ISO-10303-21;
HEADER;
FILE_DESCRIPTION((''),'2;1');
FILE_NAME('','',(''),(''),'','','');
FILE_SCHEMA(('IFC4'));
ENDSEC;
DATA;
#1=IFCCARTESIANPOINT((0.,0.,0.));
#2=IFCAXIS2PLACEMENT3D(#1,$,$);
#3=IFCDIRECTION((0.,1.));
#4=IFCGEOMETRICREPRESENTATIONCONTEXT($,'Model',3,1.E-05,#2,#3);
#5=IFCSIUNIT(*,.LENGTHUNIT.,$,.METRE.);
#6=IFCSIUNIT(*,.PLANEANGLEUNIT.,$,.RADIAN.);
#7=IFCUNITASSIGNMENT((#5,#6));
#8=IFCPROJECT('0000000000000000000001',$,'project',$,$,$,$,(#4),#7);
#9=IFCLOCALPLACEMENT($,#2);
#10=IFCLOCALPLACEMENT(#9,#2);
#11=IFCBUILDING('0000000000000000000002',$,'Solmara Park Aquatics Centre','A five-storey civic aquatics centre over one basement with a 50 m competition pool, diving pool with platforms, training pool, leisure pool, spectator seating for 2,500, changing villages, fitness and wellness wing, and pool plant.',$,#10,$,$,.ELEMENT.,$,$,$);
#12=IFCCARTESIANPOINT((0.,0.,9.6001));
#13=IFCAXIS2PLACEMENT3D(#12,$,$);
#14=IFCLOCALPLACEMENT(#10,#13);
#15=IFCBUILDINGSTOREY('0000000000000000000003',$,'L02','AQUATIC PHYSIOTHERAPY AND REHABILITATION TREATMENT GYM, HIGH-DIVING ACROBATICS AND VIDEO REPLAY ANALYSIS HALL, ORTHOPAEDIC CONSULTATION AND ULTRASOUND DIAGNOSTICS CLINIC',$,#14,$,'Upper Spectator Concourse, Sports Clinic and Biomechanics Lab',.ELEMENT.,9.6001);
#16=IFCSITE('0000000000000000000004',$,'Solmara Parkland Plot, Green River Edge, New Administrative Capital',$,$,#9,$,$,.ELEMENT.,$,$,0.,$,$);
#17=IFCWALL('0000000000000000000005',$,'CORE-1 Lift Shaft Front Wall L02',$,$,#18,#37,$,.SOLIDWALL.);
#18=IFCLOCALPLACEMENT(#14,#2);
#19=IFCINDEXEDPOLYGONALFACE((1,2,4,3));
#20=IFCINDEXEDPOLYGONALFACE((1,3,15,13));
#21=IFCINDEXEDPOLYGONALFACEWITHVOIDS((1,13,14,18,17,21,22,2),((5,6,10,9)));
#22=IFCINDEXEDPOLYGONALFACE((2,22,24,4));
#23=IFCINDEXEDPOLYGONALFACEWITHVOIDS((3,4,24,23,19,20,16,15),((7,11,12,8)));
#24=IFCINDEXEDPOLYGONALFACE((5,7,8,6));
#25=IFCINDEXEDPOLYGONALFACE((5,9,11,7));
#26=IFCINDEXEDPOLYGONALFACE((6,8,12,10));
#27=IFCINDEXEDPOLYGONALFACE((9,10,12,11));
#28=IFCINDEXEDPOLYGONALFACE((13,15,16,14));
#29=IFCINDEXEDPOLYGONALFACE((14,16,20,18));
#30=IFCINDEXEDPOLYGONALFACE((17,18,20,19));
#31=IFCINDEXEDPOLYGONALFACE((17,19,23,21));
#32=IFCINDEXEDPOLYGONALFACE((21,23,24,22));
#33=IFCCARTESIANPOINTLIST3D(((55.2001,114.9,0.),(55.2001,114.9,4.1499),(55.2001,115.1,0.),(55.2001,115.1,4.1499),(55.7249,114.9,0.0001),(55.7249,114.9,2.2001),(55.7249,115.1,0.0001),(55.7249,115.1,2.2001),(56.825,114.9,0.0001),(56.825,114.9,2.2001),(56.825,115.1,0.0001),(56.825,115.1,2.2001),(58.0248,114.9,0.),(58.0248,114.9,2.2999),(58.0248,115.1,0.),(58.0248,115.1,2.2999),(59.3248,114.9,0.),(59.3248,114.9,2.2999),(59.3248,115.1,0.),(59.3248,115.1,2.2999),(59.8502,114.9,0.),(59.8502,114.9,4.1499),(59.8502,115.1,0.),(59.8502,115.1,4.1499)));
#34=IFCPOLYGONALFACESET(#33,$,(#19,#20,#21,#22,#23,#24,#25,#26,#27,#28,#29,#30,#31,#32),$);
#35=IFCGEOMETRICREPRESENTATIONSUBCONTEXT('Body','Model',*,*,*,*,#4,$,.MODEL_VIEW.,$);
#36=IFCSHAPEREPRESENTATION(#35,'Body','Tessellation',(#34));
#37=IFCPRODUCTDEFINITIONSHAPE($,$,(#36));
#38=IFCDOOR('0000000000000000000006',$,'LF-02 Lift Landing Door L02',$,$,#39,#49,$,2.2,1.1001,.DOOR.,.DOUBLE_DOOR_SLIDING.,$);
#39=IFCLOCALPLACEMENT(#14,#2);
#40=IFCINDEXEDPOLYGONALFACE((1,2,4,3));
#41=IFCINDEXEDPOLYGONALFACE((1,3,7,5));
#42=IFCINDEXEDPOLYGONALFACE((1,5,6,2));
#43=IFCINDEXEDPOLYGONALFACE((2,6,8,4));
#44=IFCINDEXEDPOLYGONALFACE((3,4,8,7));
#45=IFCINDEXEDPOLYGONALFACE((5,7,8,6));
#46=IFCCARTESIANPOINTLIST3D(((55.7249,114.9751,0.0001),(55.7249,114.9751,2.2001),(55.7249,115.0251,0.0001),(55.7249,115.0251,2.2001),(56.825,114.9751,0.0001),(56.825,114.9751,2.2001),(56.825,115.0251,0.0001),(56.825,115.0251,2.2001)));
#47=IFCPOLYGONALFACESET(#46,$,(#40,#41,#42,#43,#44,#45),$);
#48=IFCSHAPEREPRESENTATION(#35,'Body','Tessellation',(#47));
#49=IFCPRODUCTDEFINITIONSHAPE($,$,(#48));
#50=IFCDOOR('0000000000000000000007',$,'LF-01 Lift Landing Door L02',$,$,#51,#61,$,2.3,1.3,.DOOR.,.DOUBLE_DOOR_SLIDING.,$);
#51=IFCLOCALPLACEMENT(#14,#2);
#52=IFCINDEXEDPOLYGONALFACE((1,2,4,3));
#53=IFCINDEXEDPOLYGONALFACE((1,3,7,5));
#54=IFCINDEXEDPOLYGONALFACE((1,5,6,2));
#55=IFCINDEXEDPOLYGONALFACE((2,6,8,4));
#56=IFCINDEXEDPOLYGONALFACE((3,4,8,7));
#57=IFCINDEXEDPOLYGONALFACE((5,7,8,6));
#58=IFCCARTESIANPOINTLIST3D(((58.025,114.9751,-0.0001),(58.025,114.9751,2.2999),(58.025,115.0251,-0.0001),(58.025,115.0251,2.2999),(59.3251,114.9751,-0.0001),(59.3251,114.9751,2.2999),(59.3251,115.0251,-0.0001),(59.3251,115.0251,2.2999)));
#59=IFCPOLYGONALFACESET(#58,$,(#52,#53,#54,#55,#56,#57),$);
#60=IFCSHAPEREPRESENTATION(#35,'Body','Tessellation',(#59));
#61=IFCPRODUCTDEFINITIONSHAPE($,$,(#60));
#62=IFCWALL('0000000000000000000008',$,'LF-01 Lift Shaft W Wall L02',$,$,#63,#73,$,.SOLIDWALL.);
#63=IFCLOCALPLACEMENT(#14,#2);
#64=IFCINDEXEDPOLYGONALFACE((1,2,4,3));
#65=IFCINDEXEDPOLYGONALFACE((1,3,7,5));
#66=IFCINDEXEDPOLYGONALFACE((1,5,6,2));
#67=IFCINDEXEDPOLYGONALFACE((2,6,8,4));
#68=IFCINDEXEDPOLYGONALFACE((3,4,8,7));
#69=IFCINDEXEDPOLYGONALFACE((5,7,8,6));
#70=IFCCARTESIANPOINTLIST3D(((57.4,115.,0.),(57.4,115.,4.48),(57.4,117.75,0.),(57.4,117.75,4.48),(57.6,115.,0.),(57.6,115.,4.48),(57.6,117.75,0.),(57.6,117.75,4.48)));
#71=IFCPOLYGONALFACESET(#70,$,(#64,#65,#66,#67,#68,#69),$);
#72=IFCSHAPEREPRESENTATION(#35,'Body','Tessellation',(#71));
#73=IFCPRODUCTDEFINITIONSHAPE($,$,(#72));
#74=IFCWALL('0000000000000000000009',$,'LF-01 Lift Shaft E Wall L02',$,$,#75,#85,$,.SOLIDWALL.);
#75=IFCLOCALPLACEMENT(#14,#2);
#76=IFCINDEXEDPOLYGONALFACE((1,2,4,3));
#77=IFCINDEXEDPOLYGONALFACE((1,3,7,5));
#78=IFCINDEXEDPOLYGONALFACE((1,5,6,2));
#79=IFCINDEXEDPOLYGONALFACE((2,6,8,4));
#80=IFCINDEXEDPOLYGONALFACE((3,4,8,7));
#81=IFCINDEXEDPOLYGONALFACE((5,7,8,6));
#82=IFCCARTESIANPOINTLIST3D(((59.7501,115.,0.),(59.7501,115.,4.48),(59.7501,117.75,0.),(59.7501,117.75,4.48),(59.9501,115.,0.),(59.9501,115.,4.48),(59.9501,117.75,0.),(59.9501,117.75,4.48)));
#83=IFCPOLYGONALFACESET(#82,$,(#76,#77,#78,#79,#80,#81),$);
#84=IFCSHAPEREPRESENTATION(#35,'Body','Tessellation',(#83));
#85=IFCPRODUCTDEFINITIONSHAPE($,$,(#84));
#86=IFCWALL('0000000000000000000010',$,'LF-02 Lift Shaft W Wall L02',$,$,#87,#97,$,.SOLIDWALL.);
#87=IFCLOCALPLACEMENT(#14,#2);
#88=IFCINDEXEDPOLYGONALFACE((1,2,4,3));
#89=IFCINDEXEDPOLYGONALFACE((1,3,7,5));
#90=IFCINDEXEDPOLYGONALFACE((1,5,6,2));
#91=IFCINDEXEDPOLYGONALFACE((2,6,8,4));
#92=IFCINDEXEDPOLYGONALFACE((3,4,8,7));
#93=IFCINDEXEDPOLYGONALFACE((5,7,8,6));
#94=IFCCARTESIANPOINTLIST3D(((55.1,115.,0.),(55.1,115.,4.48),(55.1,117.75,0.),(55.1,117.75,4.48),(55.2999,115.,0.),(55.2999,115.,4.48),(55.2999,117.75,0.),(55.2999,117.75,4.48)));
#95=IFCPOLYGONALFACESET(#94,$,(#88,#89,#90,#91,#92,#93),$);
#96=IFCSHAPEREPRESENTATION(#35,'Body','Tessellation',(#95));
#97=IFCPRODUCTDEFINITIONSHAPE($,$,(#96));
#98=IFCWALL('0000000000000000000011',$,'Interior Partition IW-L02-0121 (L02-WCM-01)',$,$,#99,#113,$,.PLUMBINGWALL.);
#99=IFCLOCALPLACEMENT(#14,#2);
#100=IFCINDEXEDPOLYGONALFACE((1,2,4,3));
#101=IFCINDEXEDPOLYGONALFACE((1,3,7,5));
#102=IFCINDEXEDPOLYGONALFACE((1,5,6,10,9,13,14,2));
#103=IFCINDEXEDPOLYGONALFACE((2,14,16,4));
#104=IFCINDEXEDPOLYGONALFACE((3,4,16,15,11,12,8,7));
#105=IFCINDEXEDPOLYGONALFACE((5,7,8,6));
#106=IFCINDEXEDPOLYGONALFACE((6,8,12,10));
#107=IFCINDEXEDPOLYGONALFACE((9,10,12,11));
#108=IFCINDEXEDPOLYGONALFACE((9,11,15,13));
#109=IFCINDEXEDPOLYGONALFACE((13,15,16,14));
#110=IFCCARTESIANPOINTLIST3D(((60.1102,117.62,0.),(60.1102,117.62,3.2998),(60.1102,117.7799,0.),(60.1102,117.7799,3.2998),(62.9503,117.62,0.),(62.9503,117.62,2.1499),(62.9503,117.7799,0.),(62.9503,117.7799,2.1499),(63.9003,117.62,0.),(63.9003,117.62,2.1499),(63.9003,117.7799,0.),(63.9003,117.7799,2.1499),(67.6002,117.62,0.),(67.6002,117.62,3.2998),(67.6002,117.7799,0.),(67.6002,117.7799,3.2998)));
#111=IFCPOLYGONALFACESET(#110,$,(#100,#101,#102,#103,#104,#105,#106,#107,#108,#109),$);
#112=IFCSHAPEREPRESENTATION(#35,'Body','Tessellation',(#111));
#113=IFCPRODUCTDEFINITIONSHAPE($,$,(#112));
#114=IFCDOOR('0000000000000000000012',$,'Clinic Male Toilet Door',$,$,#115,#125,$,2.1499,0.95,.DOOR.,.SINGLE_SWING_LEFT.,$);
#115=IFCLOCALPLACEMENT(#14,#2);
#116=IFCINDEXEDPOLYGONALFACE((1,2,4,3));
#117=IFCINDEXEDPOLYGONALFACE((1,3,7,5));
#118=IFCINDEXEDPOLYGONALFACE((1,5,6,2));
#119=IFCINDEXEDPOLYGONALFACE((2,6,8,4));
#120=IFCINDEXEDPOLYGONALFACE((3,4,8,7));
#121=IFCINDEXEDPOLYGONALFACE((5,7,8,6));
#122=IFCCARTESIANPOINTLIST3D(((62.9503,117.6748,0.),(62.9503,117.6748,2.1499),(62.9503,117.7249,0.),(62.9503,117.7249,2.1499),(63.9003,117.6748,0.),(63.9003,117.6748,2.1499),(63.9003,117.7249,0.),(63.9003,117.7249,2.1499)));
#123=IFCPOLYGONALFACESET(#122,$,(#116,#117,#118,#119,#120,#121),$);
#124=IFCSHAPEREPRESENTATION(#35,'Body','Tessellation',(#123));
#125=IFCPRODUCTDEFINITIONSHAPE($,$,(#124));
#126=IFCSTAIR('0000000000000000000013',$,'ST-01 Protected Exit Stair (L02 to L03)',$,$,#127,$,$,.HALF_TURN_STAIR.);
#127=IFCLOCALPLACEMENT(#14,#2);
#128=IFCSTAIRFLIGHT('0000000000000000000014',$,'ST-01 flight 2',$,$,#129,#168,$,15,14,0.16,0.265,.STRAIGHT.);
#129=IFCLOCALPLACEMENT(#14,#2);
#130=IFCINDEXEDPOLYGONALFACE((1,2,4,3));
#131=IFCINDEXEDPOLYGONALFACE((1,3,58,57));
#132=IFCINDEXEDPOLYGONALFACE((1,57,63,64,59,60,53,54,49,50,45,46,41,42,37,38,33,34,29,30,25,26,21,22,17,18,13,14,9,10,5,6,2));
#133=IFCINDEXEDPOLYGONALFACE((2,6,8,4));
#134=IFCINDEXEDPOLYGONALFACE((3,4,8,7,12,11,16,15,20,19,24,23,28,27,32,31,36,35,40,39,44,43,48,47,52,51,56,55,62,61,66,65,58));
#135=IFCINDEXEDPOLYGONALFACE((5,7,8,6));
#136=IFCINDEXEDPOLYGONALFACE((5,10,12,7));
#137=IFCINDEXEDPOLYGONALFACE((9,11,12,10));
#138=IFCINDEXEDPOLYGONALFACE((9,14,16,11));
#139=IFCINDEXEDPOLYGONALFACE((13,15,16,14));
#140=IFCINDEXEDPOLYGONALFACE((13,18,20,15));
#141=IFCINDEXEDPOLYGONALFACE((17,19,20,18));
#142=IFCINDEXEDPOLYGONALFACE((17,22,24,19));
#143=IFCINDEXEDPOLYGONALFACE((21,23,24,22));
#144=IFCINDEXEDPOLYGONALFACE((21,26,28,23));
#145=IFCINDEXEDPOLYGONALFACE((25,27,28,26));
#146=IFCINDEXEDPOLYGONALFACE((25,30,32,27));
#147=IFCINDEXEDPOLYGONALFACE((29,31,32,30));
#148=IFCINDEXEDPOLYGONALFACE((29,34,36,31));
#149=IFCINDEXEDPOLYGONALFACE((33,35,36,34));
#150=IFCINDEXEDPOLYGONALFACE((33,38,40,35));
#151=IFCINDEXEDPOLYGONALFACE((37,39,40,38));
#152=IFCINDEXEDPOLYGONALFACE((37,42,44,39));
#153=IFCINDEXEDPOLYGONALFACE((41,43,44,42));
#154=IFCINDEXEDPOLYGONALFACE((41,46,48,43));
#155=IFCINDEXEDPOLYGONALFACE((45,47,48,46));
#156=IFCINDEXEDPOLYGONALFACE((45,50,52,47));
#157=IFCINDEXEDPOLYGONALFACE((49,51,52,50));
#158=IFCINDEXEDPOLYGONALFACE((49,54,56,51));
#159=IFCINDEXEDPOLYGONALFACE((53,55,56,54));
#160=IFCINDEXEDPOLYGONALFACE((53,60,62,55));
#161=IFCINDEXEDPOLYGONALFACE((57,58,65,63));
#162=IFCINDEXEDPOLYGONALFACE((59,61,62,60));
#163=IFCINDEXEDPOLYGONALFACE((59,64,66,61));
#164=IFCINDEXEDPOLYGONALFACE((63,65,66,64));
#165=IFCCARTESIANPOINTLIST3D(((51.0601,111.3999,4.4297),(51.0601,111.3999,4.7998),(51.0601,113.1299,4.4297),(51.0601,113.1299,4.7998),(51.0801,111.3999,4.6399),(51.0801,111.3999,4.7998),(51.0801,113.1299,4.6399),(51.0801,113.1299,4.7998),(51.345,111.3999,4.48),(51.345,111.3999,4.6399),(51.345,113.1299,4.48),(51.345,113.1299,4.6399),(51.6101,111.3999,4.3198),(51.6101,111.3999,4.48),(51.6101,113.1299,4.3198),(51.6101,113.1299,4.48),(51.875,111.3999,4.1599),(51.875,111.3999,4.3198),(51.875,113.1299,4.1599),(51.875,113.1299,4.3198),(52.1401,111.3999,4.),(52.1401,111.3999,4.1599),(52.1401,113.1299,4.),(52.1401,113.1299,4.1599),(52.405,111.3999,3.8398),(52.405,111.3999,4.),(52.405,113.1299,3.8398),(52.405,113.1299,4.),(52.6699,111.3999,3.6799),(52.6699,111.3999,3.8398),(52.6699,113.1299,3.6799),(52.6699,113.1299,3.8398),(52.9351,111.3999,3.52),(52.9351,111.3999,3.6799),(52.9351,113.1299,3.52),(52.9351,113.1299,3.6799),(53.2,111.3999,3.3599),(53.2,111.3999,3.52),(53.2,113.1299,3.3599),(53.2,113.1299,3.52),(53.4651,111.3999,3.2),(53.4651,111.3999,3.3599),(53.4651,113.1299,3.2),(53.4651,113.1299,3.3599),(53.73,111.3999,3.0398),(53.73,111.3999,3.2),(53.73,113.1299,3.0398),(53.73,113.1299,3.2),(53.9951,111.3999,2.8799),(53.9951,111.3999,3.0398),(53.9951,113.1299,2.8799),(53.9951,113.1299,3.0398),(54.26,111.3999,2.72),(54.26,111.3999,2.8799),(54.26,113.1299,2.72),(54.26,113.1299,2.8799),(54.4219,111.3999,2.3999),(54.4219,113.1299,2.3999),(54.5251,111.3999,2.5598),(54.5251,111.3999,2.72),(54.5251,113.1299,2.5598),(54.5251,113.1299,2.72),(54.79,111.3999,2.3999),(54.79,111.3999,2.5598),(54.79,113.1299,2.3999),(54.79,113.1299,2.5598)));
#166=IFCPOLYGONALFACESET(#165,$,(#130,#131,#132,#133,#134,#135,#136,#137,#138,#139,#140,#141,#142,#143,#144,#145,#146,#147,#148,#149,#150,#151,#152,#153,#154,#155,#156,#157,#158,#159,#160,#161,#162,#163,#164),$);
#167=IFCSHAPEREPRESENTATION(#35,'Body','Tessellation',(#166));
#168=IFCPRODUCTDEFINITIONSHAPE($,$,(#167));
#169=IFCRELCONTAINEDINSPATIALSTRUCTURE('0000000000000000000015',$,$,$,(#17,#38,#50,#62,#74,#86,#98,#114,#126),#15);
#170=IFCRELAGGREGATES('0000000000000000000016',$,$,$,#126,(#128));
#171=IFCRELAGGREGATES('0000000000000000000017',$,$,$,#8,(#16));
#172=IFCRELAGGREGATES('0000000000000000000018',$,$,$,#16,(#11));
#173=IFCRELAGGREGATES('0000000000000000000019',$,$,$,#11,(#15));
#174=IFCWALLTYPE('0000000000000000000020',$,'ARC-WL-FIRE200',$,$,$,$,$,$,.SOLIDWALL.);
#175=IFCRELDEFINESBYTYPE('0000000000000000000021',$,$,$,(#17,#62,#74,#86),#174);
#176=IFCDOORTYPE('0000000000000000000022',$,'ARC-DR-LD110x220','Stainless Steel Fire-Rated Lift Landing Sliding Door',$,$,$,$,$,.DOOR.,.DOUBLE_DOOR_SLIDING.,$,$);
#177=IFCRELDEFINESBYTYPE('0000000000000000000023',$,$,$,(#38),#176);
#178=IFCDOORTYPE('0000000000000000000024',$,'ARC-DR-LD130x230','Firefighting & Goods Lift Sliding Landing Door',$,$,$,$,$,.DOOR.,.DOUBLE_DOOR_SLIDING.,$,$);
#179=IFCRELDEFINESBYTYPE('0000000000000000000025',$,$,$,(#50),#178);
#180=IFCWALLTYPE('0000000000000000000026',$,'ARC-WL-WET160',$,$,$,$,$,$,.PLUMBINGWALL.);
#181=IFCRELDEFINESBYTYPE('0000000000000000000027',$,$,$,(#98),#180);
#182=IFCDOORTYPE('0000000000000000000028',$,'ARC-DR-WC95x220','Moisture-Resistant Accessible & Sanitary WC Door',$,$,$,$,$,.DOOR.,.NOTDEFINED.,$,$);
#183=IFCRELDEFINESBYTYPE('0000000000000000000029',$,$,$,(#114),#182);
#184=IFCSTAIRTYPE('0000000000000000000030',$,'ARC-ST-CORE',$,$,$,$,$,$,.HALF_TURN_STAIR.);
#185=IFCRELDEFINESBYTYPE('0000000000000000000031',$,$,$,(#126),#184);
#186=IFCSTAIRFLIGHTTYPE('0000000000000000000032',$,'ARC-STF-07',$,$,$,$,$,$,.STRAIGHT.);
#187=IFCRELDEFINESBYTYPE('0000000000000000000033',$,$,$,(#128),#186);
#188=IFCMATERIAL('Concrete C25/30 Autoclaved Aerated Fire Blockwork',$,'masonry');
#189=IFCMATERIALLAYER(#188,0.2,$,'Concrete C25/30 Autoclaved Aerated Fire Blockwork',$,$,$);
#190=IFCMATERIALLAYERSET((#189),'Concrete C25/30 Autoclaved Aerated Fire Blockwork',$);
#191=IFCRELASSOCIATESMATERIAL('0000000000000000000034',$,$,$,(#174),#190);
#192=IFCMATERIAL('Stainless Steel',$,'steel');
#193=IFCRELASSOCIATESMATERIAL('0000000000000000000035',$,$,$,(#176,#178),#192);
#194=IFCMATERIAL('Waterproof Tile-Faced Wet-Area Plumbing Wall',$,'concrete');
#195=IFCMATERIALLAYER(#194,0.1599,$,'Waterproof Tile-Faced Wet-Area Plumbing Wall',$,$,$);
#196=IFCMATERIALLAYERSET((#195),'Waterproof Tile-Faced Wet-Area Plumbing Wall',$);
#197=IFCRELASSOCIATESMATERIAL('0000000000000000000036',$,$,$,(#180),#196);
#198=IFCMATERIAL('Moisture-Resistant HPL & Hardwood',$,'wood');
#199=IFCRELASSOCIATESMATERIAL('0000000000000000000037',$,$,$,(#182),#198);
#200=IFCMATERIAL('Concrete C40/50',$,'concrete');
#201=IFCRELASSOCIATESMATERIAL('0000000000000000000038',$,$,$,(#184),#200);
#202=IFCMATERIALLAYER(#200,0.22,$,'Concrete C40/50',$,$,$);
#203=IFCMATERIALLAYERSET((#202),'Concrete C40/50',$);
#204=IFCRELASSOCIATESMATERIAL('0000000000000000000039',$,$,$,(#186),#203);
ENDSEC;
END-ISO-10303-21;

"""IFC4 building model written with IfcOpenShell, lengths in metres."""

from ifc_helpers import new_model, si_unit, direction, frame, frame_2d, origin, place, context, subcontext, project, spatial, polyline, rectangle, outline, extrude, material, layer, layer_set, type_object, element, fill, aggregate, save


model = new_model("IFC4")

# Units and contexts
model_context = context("Model", 3, precision=1e-05, world=origin(), true_north=direction((0.0, 1.0)))
body_context = subcontext(model_context, "Body", "Model", "MODEL_VIEW")
ifc_project = project(units=[si_unit("LENGTHUNIT", "METRE"), si_unit("PLANEANGLEUNIT", "RADIAN")], contexts=[model_context])

# Site, building, storey
site_placement = place(None, origin())
site = spatial("IfcSite", under=ifc_project, at=site_placement, Name="Solmara Parkland Plot, Green River Edge, New Administrative Capital", CompositionType="ELEMENT", RefElevation=0.0)
building_placement = place(site_placement, origin())
building = spatial("IfcBuilding", under=site, at=building_placement, Name="Solmara Park Aquatics Centre", Description="A five-storey civic aquatics centre over one basement with a 50 m competition pool, diving pool with platforms, training pool, leisure pool, spectator seating for 2,500, changing villages, fitness and wellness wing, and pool plant.", CompositionType="ELEMENT")
storey_placement = place(building_placement, frame((0.0, 0.0, 9.6001)))
storey = spatial("IfcBuildingStorey", under=building, at=storey_placement, Name="L02", Description="AQUATIC PHYSIOTHERAPY AND REHABILITATION TREATMENT GYM, HIGH-DIVING ACROBATICS AND VIDEO REPLAY ANALYSIS HALL, ORTHOPAEDIC CONSULTATION AND ULTRASOUND DIAGNOSTICS CLINIC", LongName="Upper Spectator Concourse, Sports Clinic and Biomechanics Lab", CompositionType="ELEMENT", Elevation=9.6001)

# Shared definitions
ifc_material_1 = material(Name="Concrete C40/50", Category="concrete")

# Wall, openings, doors
ifc_material_2 = material(Name="Concrete C25/30 Autoclaved Aerated Fire Blockwork", Category="masonry")
ifc_layer_1 = layer(ifc_material_2, 0.2, Name="Concrete C25/30 Autoclaved Aerated Fire Blockwork")
ifc_layer_set_1 = layer_set([ifc_layer_1], Name="Concrete C25/30 Autoclaved Aerated Fire Blockwork")
wall_type_1 = type_object("IfcWallType", Name="ARC-WL-FIRE200", PredefinedType="SOLIDWALL", material=ifc_layer_set_1)
wall_1_placement = place(storey_placement, frame((55.2, 115.0, 0.0), z_axis=(0.0, 0.0, 1.0), x_axis=(1.0, 0.0, 0.0)))
wall_1 = element("IfcWall", 1, at=wall_1_placement, inside=storey, type_object=wall_type_1, Name="CORE-1 Lift Shaft Front Wall L02", PredefinedType="SOLIDWALL", context=body_context, shape_type="SweptSolid", body=[
    extrude(rectangle(XDim=4.6501, YDim=0.2, at=frame_2d((2.3252, 0.0))), origin(), (0.0, 0.0, 1.0), 4.1499),
])
opening_1_placement = place(wall_1_placement, frame((2.825, 0.0, 0.0)))
opening_1 = element("IfcOpeningElement", 2, at=opening_1_placement, cuts=wall_1, PredefinedType="OPENING", context=body_context, shape_type="SweptSolid", body=[
    extrude(rectangle(XDim=1.3, YDim=2.3, at=frame_2d((0.6499, 1.1499))), frame((0.0, 0.1099, 0.0), z_axis=(0.0, -1.0, 0.0), x_axis=(1.0, 0.0, 0.0)), (0.0, 0.0, 1.0), 0.22),
])
opening_2_placement = place(wall_1_placement, frame((0.5249, 0.0, 0.0)))
opening_2 = element("IfcOpeningElement", 3, at=opening_2_placement, cuts=wall_1, PredefinedType="OPENING", context=body_context, shape_type="SweptSolid", body=[
    extrude(rectangle(XDim=1.1001, YDim=2.2, at=frame_2d((0.55, 1.1001))), frame((0.0, 0.1099, 0.0), z_axis=(0.0, -1.0, 0.0), x_axis=(1.0, 0.0, 0.0)), (0.0, 0.0, 1.0), 0.22),
])
ifc_material_3 = material(Name="Stainless Steel", Category="steel")
door_type_1 = type_object("IfcDoorType", Name="ARC-DR-LD110x220", Description="Stainless Steel Fire-Rated Lift Landing Sliding Door", OperationType="DOUBLE_DOOR_SLIDING", PredefinedType="DOOR", material=ifc_material_3)
door_1_placement = place(opening_2_placement, frame((1.1001, 0.0, 0.0), z_axis=(0.0, 0.0, 1.0), x_axis=(-1.0, 0.0, 0.0)))
door_1 = element("IfcDoor", 4, at=door_1_placement, inside=storey, type_object=door_type_1, Name="LF-02 Lift Landing Door L02", OperationType="DOUBLE_DOOR_SLIDING", OverallHeight=2.2, OverallWidth=1.1001, PredefinedType="DOOR", context=body_context, shape_type="SweptSolid", body=[
    extrude(rectangle(XDim=1.1001, YDim=2.2, at=frame_2d((0.55, 1.1001))), frame((0.0, 0.0249, 0.0), z_axis=(0.0, -1.0, 0.0), x_axis=(1.0, 0.0, 0.0)), (0.0, 0.0, 1.0), 0.05),
])
fill(opening_2, door_1)
door_type_2 = type_object("IfcDoorType", Name="ARC-DR-LD130x230", Description="Firefighting & Goods Lift Sliding Landing Door", OperationType="DOUBLE_DOOR_SLIDING", PredefinedType="DOOR", material=ifc_material_3)
door_2_placement = place(opening_1_placement, frame((1.3, 0.0, 0.0), z_axis=(0.0, 0.0, 1.0), x_axis=(-1.0, 0.0, 0.0)))
door_2 = element("IfcDoor", 5, at=door_2_placement, inside=storey, type_object=door_type_2, Name="LF-01 Lift Landing Door L02", OperationType="DOUBLE_DOOR_SLIDING", OverallHeight=2.3, OverallWidth=1.3, PredefinedType="DOOR", context=body_context, shape_type="SweptSolid", body=[
    extrude(rectangle(XDim=1.3, YDim=2.3, at=frame_2d((0.6499, 1.1499))), frame((0.0, 0.0249, 0.0), z_axis=(0.0, -1.0, 0.0), x_axis=(1.0, 0.0, 0.0)), (0.0, 0.0, 1.0), 0.05),
])
fill(opening_1, door_2)

# Walls
for number, where, z_axis, x_axis, name in (
    (6, (57.5, 115.0, 0.0), (0.0, 0.0, 1.0), (0.0, 1.0, 0.0), "LF-01 Lift Shaft W Wall L02"),
    (7, (59.8501, 115.0, 0.0), (0.0, 0.0, 1.0), (0.0, 1.0, 0.0), "LF-01 Lift Shaft E Wall L02"),
    (8, (55.2, 115.0, 0.0), (0.0, 0.0, 1.0), (0.0, 1.0, 0.0), "LF-02 Lift Shaft W Wall L02"),
):
    element("IfcWall", number, at=place(storey_placement, frame(where, z_axis=z_axis, x_axis=x_axis)), inside=storey, type_object=wall_type_1, Name=name, PredefinedType="SOLIDWALL", context=body_context, shape_type="SweptSolid", body=[
        extrude(rectangle(XDim=2.75, YDim=0.2, at=frame_2d((1.375, 0.0))), origin(), (0.0, 0.0, 1.0), 4.48),
    ])

# Wall, opening, door
ifc_material_4 = material(Name="Waterproof Tile-Faced Wet-Area Plumbing Wall", Category="concrete")
ifc_layer_2 = layer(ifc_material_4, 0.1599, Name="Waterproof Tile-Faced Wet-Area Plumbing Wall")
ifc_layer_set_2 = layer_set([ifc_layer_2], Name="Waterproof Tile-Faced Wet-Area Plumbing Wall")
wall_type_2 = type_object("IfcWallType", Name="ARC-WL-WET160", PredefinedType="PLUMBINGWALL", material=ifc_layer_set_2)
wall_2_placement = place(storey_placement, frame((60.1101, 117.7, 0.0), z_axis=(0.0, 0.0, 1.0), x_axis=(1.0, 0.0, 0.0)))
wall_2 = element("IfcWall", 9, at=wall_2_placement, inside=storey, type_object=wall_type_2, Name="Interior Partition IW-L02-0121 (L02-WCM-01)", PredefinedType="PLUMBINGWALL", context=body_context, shape_type="SweptSolid", body=[
    extrude(rectangle(XDim=7.49, YDim=0.1599, at=frame_2d((3.7451, 0.0))), origin(), (0.0, 0.0, 1.0), 3.2998),
])
opening_3_placement = place(wall_2_placement, frame((2.8401, 0.0, 0.0)))
opening_3 = element("IfcOpeningElement", 10, at=opening_3_placement, cuts=wall_2, PredefinedType="OPENING", context=body_context, shape_type="SweptSolid", body=[
    extrude(rectangle(XDim=0.95, YDim=2.1499, at=frame_2d((0.4751, 1.075))), frame((0.0, 0.0898, 0.0), z_axis=(0.0, -1.0, 0.0), x_axis=(1.0, 0.0, 0.0)), (0.0, 0.0, 1.0), 0.1799),
])
ifc_material_5 = material(Name="Moisture-Resistant HPL & Hardwood", Category="wood")
door_type_3 = type_object("IfcDoorType", Name="ARC-DR-WC95x220", Description="Moisture-Resistant Accessible & Sanitary WC Door", OperationType="NOTDEFINED", PredefinedType="DOOR", material=ifc_material_5)
door_3_placement = place(opening_3_placement, origin())
door_3 = element("IfcDoor", 11, at=door_3_placement, inside=storey, type_object=door_type_3, Name="Clinic Male Toilet Door", OperationType="SINGLE_SWING_LEFT", OverallHeight=2.1499, OverallWidth=0.95, PredefinedType="DOOR", context=body_context, shape_type="SweptSolid", body=[
    extrude(rectangle(XDim=0.95, YDim=2.1499, at=frame_2d((0.4751, 1.075))), frame((0.0, 0.0249, 0.0), z_axis=(0.0, -1.0, 0.0), x_axis=(1.0, 0.0, 0.0)), (0.0, 0.0, 1.0), 0.05),
])
fill(opening_3, door_3)

# Stair, stair flight
stair_type = type_object("IfcStairType", Name="ARC-ST-CORE", PredefinedType="HALF_TURN_STAIR", material=ifc_material_1)
stair_placement = place(storey_placement, origin())
stair = element("IfcStair", 12, at=stair_placement, inside=storey, type_object=stair_type, Name="ST-01 Protected Exit Stair (L02 to L03)", PredefinedType="HALF_TURN_STAIR")
ifc_layer_3 = layer(ifc_material_1, 0.22, Name="Concrete C40/50")
ifc_layer_set_3 = layer_set([ifc_layer_3], Name="Concrete C40/50")
stair_flight_type = type_object("IfcStairFlightType", Name="ARC-STF-07", PredefinedType="STRAIGHT", material=ifc_layer_set_3)
stair_flight_placement = place(storey_placement, frame((54.79, 112.2649, 2.3999), z_axis=(0.0, 0.0, 1.0), x_axis=(-1.0, 0.0, 0.0)))
stair_flight = element("IfcStairFlight", 13, at=stair_flight_placement, type_object=stair_flight_type, Name="ST-01 flight 2", NumberOfRisers=15, NumberOfTreads=14, PredefinedType="STRAIGHT", RiserHeight=0.16, TreadLength=0.265, context=body_context, shape_type="SweptSolid", body=[
    extrude(outline(polyline([(0.0, 0.0), (0.0, 0.1599), (0.2649, 0.1599), (0.2649, 0.3201), (0.53, 0.3201), (0.53, 0.48), (0.7949, 0.48), (0.7949, 0.6399), (1.0601, 0.6399), (1.0601, 0.8), (1.325, 0.8), (1.325, 0.96), (1.5901, 0.96), (1.5901, 1.1201), (1.855, 1.1201), (1.855, 1.28), (2.1201, 1.28), (2.1201, 1.4399), (2.385, 1.4399), (2.385, 1.6001), (2.6499, 1.6001), (2.6499, 1.76), (2.915, 1.76), (2.915, 1.9199), (3.1799, 1.9199), (3.1799, 2.0801), (3.4451, 2.0801), (3.4451, 2.24), (3.71, 2.24), (3.71, 2.3999), (3.73, 2.3999), (3.73, 2.0298), (0.3682, 0.0), (0.0, 0.0)])), frame((0.0, 0.865, 0.0), z_axis=(0.0, -1.0, 0.0), x_axis=(1.0, 0.0, 0.0)), (0.0, 0.0, 1.0), 1.73),
])
aggregate(stair, [stair_flight])

save(model, "model.ifc")
